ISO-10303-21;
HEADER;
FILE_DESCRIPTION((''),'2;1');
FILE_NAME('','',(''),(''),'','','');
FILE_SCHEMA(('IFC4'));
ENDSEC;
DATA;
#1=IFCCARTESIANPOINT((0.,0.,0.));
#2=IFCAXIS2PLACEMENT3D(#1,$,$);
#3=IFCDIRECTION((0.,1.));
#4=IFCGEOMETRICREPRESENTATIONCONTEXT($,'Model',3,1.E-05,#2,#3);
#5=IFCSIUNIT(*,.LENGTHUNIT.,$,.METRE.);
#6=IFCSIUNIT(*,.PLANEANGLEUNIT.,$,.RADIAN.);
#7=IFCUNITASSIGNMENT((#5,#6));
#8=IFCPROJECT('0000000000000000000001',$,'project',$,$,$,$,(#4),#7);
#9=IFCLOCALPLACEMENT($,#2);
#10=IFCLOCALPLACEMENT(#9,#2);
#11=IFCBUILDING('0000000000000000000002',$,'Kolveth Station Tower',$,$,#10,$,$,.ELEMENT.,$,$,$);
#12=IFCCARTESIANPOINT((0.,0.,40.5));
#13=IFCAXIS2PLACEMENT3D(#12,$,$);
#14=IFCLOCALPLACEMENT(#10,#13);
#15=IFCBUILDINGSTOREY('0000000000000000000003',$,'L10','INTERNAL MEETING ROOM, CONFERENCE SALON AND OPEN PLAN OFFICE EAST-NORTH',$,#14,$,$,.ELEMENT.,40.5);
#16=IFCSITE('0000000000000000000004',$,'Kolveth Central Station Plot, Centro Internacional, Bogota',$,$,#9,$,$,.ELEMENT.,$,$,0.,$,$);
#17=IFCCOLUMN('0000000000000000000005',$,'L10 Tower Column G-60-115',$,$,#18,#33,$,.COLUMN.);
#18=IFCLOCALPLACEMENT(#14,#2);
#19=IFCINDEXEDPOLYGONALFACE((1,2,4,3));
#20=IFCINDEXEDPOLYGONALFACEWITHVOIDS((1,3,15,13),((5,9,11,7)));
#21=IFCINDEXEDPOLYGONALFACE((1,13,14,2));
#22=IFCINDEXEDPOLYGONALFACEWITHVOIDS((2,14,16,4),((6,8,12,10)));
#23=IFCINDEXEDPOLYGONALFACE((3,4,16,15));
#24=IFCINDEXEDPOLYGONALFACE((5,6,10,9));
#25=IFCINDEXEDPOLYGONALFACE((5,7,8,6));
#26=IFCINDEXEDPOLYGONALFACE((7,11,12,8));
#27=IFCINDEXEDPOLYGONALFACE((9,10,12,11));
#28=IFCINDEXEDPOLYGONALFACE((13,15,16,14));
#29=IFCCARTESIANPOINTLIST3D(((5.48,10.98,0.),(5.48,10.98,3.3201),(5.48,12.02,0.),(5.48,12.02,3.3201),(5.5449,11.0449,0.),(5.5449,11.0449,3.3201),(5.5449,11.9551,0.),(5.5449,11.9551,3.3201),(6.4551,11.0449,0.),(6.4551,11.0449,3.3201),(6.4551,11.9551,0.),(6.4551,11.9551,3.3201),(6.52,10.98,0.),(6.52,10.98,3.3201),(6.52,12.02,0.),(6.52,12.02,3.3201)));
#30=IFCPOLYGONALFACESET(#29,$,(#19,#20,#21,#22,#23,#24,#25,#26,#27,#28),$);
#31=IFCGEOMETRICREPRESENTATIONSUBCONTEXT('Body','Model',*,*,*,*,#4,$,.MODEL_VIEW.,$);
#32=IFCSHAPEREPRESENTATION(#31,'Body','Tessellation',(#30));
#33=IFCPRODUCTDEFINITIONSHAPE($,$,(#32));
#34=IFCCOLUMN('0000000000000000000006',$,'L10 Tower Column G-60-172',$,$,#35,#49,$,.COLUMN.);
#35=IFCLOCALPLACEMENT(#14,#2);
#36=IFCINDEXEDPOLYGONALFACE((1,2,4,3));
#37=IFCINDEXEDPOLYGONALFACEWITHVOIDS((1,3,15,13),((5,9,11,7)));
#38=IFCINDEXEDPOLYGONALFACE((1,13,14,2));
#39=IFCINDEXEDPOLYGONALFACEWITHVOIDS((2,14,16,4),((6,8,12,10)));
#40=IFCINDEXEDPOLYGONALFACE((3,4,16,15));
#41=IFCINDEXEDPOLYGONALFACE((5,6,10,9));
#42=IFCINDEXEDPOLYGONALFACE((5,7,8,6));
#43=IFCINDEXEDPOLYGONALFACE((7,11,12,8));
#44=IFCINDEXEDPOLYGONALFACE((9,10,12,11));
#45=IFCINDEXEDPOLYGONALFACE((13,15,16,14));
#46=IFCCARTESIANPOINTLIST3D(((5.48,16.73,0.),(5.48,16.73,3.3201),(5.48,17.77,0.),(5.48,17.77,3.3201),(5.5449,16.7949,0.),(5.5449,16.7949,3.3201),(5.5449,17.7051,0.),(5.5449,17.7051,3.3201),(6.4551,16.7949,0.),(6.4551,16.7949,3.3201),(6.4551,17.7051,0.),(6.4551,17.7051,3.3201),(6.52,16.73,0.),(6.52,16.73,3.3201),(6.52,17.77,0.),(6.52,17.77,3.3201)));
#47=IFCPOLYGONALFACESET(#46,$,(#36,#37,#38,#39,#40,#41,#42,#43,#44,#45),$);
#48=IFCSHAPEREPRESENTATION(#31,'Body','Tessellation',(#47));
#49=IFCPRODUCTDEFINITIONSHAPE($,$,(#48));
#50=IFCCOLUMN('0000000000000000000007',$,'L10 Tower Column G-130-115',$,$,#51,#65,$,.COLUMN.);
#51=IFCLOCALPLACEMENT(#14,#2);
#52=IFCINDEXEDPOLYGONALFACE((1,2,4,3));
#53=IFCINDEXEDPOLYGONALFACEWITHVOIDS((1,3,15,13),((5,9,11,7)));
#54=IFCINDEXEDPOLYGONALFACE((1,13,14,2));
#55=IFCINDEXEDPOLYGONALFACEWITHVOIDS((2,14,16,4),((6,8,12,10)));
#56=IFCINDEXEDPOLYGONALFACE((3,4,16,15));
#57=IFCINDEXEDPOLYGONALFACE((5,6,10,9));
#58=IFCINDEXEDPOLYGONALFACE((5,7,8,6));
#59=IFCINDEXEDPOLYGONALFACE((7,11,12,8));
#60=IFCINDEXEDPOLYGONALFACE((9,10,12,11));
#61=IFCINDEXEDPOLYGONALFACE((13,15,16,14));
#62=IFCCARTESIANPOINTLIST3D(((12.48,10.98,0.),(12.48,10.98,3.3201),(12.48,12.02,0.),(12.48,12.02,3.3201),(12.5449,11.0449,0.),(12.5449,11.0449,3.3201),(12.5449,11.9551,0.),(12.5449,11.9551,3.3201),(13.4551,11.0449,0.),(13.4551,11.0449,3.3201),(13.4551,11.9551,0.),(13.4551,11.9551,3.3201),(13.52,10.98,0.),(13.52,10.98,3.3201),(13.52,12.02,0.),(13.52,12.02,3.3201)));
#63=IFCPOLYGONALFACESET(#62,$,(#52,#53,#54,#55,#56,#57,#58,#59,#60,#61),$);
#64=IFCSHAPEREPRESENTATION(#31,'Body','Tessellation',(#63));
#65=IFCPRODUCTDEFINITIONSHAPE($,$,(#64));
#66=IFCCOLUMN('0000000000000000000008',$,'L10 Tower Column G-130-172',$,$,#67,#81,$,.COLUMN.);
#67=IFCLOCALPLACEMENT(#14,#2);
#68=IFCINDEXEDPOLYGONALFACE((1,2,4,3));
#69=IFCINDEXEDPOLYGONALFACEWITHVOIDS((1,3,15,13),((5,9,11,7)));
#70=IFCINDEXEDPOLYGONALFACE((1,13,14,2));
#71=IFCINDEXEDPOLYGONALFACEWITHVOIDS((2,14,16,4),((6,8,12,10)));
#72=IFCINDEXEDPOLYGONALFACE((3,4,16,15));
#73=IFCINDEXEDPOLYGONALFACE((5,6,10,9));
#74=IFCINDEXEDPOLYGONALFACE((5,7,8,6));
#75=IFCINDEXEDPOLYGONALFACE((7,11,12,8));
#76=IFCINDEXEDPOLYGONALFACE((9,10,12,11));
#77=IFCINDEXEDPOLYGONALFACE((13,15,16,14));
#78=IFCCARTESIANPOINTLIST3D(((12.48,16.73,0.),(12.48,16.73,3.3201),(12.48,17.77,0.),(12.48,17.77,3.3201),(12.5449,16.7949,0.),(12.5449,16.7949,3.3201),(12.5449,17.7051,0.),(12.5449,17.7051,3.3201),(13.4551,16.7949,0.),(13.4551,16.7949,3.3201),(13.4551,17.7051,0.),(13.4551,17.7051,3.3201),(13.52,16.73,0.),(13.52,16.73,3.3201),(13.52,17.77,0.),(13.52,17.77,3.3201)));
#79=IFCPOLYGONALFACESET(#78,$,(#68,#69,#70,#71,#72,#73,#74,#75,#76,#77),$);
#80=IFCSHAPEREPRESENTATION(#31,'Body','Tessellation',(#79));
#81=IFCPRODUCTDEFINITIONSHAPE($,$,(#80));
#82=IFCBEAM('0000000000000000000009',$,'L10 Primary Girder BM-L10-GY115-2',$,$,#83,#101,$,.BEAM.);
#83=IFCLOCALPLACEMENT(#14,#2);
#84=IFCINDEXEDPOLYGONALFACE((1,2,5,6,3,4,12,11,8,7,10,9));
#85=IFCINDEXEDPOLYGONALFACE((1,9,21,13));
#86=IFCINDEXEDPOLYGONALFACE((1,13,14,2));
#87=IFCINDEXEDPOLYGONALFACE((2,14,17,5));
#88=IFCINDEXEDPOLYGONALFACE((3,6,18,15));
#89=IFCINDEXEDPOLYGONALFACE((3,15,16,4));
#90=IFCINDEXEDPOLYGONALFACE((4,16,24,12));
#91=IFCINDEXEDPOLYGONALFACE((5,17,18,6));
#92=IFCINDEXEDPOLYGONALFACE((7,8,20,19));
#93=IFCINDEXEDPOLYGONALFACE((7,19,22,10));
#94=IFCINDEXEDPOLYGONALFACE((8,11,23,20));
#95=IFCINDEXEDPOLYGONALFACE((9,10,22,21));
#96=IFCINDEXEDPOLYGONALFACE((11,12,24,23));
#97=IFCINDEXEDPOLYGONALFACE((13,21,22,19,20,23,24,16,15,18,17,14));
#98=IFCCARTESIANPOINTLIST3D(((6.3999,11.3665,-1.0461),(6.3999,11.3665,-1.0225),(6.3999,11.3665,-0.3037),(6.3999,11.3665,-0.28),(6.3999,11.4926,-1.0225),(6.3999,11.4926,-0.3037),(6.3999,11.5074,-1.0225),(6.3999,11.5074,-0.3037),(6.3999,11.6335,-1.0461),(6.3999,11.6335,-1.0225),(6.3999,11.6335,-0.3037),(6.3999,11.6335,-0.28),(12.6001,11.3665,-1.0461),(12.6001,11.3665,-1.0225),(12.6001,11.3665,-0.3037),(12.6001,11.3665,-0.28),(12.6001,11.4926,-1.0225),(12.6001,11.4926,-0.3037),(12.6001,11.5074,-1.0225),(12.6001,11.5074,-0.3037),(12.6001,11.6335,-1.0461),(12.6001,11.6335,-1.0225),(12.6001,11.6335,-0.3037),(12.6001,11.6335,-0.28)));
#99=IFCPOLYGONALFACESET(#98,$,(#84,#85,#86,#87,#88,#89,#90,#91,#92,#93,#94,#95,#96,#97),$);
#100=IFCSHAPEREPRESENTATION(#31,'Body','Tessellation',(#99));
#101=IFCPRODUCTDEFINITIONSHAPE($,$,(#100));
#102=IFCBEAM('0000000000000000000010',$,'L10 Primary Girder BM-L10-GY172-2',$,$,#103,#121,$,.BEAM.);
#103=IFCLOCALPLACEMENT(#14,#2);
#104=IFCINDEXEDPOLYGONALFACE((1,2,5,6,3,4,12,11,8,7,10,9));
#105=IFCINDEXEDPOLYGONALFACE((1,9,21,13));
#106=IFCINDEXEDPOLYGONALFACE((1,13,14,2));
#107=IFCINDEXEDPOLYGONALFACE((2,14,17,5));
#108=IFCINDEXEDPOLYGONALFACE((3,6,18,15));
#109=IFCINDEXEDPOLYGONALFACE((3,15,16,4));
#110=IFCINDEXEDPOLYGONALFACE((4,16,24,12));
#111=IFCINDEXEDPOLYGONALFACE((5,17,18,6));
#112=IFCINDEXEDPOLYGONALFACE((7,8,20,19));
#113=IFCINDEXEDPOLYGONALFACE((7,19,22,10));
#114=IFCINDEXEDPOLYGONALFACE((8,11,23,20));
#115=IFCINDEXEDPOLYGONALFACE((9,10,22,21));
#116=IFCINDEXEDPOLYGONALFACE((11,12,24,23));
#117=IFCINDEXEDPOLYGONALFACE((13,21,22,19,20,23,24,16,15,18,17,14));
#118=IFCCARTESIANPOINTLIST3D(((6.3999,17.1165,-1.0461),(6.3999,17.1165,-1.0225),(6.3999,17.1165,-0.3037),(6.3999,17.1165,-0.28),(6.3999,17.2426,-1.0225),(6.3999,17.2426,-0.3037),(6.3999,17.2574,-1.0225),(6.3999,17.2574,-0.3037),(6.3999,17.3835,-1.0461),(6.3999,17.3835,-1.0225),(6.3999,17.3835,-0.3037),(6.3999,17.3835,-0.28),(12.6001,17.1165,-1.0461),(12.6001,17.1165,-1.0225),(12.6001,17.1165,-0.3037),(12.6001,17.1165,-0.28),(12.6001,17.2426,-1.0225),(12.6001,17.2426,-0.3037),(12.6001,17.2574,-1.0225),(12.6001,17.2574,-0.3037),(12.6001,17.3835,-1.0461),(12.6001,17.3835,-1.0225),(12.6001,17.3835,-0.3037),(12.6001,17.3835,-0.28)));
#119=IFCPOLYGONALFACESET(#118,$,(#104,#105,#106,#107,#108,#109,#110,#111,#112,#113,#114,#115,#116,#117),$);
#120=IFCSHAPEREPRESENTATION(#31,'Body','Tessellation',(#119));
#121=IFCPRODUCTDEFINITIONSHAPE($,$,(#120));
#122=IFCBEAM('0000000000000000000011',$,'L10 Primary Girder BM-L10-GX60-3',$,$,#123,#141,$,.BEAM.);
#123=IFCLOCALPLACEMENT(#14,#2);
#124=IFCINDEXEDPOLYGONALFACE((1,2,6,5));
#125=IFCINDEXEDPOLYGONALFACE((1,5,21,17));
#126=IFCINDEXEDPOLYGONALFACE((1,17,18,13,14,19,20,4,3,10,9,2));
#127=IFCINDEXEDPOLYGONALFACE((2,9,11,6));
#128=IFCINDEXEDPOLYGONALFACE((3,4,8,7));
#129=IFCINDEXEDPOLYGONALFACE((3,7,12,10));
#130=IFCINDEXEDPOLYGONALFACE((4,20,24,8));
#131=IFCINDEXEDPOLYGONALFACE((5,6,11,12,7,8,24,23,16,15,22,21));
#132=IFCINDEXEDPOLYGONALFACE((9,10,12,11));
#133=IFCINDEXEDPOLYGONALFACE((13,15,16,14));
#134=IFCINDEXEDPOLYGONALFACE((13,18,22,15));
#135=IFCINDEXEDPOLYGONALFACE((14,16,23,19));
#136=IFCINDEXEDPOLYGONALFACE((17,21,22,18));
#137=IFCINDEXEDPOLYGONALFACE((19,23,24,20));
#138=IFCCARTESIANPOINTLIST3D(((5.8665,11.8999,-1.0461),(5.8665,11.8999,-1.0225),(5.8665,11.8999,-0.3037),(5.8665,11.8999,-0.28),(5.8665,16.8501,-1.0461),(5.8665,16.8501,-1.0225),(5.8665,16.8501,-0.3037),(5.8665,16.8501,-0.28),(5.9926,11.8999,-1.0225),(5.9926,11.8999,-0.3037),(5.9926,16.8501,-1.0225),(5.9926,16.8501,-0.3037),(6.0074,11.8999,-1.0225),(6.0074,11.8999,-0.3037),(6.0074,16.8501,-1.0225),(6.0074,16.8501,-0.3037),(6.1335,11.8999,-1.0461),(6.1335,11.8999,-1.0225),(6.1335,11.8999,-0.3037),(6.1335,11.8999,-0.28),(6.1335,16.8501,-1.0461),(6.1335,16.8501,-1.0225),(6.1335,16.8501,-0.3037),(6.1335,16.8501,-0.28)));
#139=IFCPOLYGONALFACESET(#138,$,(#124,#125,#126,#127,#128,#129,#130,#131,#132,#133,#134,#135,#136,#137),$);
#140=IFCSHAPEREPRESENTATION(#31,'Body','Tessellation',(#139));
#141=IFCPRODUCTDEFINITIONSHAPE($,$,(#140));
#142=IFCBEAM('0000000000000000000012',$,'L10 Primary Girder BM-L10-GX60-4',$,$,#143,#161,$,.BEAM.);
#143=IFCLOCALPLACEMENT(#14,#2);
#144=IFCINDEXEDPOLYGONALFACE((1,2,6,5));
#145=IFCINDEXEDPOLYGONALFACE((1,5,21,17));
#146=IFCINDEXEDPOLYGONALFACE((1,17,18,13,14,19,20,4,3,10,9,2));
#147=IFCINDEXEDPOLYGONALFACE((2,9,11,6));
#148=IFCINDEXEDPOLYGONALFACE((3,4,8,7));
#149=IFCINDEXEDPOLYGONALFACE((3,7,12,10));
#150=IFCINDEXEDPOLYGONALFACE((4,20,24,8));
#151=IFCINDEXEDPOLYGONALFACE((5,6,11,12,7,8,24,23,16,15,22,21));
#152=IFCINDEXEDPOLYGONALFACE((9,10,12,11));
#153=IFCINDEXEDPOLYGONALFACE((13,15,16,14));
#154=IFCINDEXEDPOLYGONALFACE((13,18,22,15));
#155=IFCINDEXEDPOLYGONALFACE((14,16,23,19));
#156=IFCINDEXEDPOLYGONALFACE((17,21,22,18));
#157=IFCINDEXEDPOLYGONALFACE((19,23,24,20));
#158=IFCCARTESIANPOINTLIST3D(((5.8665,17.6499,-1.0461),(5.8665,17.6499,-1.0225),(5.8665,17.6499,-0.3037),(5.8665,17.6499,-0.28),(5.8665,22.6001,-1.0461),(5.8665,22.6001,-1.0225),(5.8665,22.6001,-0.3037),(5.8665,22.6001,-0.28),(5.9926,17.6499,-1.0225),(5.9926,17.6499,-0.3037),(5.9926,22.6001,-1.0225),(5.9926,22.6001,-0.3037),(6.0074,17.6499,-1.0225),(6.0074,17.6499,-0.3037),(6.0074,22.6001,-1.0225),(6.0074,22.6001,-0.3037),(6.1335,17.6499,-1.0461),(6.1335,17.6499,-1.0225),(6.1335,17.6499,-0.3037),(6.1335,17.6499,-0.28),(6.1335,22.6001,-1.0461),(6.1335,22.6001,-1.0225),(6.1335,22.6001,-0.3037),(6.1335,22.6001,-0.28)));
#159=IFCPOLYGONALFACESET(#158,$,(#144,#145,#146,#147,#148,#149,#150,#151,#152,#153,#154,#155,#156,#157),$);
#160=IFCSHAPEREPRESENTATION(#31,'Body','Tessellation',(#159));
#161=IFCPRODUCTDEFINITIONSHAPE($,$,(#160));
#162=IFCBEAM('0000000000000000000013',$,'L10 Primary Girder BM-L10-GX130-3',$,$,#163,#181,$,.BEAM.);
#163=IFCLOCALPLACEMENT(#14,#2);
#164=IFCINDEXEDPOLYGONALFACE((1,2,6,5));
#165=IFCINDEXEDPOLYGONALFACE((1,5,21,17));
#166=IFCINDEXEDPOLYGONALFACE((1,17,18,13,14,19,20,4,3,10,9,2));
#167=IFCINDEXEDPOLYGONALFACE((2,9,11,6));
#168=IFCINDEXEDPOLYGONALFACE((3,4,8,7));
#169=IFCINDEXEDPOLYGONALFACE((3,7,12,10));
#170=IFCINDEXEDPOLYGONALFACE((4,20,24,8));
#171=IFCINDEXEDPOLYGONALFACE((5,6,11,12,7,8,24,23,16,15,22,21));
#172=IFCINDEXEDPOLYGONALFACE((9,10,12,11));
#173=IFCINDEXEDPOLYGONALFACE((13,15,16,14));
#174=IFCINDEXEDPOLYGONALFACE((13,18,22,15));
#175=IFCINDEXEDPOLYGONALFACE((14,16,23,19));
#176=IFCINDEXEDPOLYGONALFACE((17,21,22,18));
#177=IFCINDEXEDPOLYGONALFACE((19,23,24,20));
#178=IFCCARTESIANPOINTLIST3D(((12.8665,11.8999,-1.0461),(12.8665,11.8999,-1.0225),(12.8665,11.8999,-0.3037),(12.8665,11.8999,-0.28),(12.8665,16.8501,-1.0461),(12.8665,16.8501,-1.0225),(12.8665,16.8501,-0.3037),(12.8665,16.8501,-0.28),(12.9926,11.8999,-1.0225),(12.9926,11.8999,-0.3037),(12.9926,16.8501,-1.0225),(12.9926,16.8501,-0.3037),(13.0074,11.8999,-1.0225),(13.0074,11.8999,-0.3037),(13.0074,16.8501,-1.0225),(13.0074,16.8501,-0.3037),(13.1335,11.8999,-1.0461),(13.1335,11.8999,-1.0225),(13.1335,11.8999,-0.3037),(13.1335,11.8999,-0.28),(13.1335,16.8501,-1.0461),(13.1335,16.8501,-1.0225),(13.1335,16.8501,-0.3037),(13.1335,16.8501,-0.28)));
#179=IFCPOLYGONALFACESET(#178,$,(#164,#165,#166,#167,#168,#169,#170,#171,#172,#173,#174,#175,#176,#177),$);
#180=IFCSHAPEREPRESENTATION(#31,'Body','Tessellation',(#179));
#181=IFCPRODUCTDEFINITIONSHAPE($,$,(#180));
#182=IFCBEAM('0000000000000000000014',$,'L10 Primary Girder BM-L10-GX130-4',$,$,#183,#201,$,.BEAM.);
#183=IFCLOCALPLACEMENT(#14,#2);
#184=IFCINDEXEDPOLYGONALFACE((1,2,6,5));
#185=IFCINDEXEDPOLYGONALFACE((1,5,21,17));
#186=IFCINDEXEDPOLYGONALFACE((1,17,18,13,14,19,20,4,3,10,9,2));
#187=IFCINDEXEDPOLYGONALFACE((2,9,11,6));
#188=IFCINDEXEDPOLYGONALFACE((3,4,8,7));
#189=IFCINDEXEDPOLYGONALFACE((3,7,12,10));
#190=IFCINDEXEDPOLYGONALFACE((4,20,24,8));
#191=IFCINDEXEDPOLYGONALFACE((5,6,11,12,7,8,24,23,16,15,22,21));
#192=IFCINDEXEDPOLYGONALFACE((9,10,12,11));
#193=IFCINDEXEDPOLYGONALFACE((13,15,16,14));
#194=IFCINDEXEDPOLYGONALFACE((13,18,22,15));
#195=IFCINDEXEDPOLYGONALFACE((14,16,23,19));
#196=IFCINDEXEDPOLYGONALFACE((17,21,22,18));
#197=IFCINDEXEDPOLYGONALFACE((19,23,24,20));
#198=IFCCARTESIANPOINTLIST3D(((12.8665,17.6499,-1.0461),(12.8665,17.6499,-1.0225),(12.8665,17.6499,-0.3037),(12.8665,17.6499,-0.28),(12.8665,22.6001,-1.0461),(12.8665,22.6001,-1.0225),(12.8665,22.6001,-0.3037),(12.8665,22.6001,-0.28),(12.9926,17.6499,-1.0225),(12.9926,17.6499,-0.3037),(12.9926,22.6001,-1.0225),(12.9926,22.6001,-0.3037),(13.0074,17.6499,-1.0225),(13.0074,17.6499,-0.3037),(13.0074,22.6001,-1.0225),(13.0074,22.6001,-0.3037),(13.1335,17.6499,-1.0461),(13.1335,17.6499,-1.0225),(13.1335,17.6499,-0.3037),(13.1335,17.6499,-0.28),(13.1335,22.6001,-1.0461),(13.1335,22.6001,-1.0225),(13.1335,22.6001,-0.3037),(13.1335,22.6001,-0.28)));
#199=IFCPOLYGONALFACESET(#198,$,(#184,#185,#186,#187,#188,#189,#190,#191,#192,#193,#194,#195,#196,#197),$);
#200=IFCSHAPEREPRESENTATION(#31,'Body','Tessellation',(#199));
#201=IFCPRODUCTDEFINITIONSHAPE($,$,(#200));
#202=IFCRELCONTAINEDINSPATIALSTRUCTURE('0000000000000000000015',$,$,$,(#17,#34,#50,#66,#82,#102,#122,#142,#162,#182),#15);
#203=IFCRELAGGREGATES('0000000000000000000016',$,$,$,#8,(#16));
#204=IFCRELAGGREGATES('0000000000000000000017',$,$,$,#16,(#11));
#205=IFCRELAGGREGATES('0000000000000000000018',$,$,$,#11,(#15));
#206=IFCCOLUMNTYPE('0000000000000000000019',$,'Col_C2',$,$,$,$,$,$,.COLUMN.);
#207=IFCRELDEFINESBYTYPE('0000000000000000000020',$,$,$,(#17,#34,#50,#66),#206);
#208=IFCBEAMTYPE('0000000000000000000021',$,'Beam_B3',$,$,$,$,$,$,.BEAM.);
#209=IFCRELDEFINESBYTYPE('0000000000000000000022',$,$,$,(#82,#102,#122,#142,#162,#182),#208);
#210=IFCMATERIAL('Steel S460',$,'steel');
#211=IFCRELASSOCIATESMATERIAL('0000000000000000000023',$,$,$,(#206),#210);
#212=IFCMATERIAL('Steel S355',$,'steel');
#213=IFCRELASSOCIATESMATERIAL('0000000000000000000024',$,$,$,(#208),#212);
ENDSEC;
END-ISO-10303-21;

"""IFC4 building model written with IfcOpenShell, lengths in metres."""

from ifc_helpers import new_model, si_unit, direction, frame, origin, origin_2d, place, context, subcontext, project, spatial, hollow_rectangle, i_section, extrude, source, transform, mapped, material, material_profile, profile_set, type_object, element, save


model = new_model("IFC4")

# Units and contexts
model_context = context("Model", 3, precision=1e-05, world=origin(), true_north=direction((0.0, 1.0)))
body_context = subcontext(model_context, "Body", "Model", "MODEL_VIEW")
ifc_project = project(units=[si_unit("LENGTHUNIT", "METRE"), si_unit("PLANEANGLEUNIT", "RADIAN")], contexts=[model_context])

# Site, building, storey
site_placement = place(None, origin())
site = spatial("IfcSite", under=ifc_project, at=site_placement, Name="Kolveth Central Station Plot, Centro Internacional, Bogota", CompositionType="ELEMENT", RefElevation=0.0)
building_placement = place(site_placement, origin())
building = spatial("IfcBuilding", under=site, at=building_placement, Name="Kolveth Station Tower", CompositionType="ELEMENT")
storey_placement = place(building_placement, frame((0.0, 0.0, 40.5)))
storey = spatial("IfcBuildingStorey", under=building, at=storey_placement, Name="L10", Description="INTERNAL MEETING ROOM, CONFERENCE SALON AND OPEN PLAN OFFICE EAST-NORTH", CompositionType="ELEMENT", Elevation=40.5)

# Columns
ifc_material_1 = material(Name="Steel S460", Category="steel")
ifc_material_profile_1 = material_profile(ifc_material_1, hollow_rectangle(XDim=1.04, YDim=1.04, WallThickness=0.0649, at=origin_2d()), Name="BOX1040x1040x65")
ifc_profile_set_1 = profile_set([ifc_material_profile_1], Name="Steel S460")
column_type = type_object("IfcColumnType", Name="Col_C2", PredefinedType="COLUMN", material=ifc_profile_set_1)
shared_shape_1 = source(origin(), body_context, "Body", "SweptSolid", [
    extrude(hollow_rectangle(XDim=1.04, YDim=1.04, WallThickness=0.0649, at=origin_2d()), origin(), (0.0, 0.0, 1.0), 3.3201),
])
for number, where, z_axis, x_axis, name in (
    (1, (6.0, 11.5, 0.0), (0.0, 0.0, 1.0), (1.0, 0.0, 0.0), "L10 Tower Column G-60-115"),
    (2, (6.0, 17.25, 0.0), (0.0, 0.0, 1.0), (1.0, 0.0, 0.0), "L10 Tower Column G-60-172"),
    (3, (13.0, 11.5, 0.0), (0.0, 0.0, 1.0), (1.0, 0.0, 0.0), "L10 Tower Column G-130-115"),
    (4, (13.0, 17.25, 0.0), (0.0, 0.0, 1.0), (1.0, 0.0, 0.0), "L10 Tower Column G-130-172"),
):
    element("IfcColumn", number, at=place(storey_placement, frame(where, z_axis=z_axis, x_axis=x_axis)), inside=storey, type_object=column_type, Name=name, PredefinedType="COLUMN", context=body_context, shape_type="MappedRepresentation", body=[
        mapped(shared_shape_1, transform((0.0, 0.0, 0.0), x_axis=(1.0, 0.0, 0.0), y_axis=(0.0, 1.0, 0.0), z_axis=(0.0, 0.0, 1.0), scale=1.0)),
    ])

# Beams
ifc_material_2 = material(Name="Steel S355", Category="steel")
ifc_material_profile_2 = material_profile(ifc_material_2, i_section(OverallWidth=0.2671, OverallDepth=0.7661, WebThickness=0.0149, FlangeThickness=0.0237, at=origin_2d()), Name="W760x185")
ifc_profile_set_2 = profile_set([ifc_material_profile_2], Name="Steel S355")
beam_type_1 = type_object("IfcBeamType", Name="Beam_B3", PredefinedType="BEAM", material=ifc_profile_set_2)
shared_shape_2 = source(origin(), body_context, "Body", "SweptSolid", [
    extrude(i_section(OverallWidth=0.2671, OverallDepth=0.7661, WebThickness=0.0149, FlangeThickness=0.0237, at=origin_2d()), origin(), (0.0, 0.0, 1.0), 6.2002),
])
for number, where, z_axis, x_axis, name in (
    (5, (6.3999, 11.5, -0.6631), (1.0, 0.0, 0.0), (0.0, 1.0, 0.0), "L10 Primary Girder BM-L10-GY115-2"),
    (6, (6.3999, 17.25, -0.6631), (1.0, 0.0, 0.0), (0.0, 1.0, 0.0), "L10 Primary Girder BM-L10-GY172-2"),
):
    element("IfcBeam", number, at=place(storey_placement, frame(where, z_axis=z_axis, x_axis=x_axis)), inside=storey, type_object=beam_type_1, Name=name, PredefinedType="BEAM", context=body_context, shape_type="MappedRepresentation", body=[
        mapped(shared_shape_2, transform((0.0, 0.0, 0.0), x_axis=(1.0, 0.0, 0.0), y_axis=(0.0, 1.0, 0.0), z_axis=(0.0, 0.0, 1.0), scale=1.0)),
    ])
shared_shape_3 = source(origin(), body_context, "Body", "SweptSolid", [
    extrude(i_section(OverallWidth=0.2671, OverallDepth=0.7661, WebThickness=0.0149, FlangeThickness=0.0237, at=origin_2d()), origin(), (0.0, 0.0, 1.0), 4.9502),
])
for number, where, z_axis, x_axis, name in (
    (7, (6.0, 11.8999, -0.6631), (0.0, 1.0, 0.0), (-1.0, 0.0, 0.0), "L10 Primary Girder BM-L10-GX60-3"),
    (8, (6.0, 17.6499, -0.6631), (0.0, 1.0, 0.0), (-1.0, 0.0, 0.0), "L10 Primary Girder BM-L10-GX60-4"),
    (9, (13.0, 11.8999, -0.6631), (0.0, 1.0, 0.0), (-1.0, 0.0, 0.0), "L10 Primary Girder BM-L10-GX130-3"),
    (10, (13.0, 17.6499, -0.6631), (0.0, 1.0, 0.0), (-1.0, 0.0, 0.0), "L10 Primary Girder BM-L10-GX130-4"),
):
    element("IfcBeam", number, at=place(storey_placement, frame(where, z_axis=z_axis, x_axis=x_axis)), inside=storey, type_object=beam_type_1, Name=name, PredefinedType="BEAM", context=body_context, shape_type="MappedRepresentation", body=[
        mapped(shared_shape_3, transform((0.0, 0.0, 0.0), x_axis=(1.0, 0.0, 0.0), y_axis=(0.0, 1.0, 0.0), z_axis=(0.0, 0.0, 1.0), scale=1.0)),
    ])

save(model, "model.ifc")
